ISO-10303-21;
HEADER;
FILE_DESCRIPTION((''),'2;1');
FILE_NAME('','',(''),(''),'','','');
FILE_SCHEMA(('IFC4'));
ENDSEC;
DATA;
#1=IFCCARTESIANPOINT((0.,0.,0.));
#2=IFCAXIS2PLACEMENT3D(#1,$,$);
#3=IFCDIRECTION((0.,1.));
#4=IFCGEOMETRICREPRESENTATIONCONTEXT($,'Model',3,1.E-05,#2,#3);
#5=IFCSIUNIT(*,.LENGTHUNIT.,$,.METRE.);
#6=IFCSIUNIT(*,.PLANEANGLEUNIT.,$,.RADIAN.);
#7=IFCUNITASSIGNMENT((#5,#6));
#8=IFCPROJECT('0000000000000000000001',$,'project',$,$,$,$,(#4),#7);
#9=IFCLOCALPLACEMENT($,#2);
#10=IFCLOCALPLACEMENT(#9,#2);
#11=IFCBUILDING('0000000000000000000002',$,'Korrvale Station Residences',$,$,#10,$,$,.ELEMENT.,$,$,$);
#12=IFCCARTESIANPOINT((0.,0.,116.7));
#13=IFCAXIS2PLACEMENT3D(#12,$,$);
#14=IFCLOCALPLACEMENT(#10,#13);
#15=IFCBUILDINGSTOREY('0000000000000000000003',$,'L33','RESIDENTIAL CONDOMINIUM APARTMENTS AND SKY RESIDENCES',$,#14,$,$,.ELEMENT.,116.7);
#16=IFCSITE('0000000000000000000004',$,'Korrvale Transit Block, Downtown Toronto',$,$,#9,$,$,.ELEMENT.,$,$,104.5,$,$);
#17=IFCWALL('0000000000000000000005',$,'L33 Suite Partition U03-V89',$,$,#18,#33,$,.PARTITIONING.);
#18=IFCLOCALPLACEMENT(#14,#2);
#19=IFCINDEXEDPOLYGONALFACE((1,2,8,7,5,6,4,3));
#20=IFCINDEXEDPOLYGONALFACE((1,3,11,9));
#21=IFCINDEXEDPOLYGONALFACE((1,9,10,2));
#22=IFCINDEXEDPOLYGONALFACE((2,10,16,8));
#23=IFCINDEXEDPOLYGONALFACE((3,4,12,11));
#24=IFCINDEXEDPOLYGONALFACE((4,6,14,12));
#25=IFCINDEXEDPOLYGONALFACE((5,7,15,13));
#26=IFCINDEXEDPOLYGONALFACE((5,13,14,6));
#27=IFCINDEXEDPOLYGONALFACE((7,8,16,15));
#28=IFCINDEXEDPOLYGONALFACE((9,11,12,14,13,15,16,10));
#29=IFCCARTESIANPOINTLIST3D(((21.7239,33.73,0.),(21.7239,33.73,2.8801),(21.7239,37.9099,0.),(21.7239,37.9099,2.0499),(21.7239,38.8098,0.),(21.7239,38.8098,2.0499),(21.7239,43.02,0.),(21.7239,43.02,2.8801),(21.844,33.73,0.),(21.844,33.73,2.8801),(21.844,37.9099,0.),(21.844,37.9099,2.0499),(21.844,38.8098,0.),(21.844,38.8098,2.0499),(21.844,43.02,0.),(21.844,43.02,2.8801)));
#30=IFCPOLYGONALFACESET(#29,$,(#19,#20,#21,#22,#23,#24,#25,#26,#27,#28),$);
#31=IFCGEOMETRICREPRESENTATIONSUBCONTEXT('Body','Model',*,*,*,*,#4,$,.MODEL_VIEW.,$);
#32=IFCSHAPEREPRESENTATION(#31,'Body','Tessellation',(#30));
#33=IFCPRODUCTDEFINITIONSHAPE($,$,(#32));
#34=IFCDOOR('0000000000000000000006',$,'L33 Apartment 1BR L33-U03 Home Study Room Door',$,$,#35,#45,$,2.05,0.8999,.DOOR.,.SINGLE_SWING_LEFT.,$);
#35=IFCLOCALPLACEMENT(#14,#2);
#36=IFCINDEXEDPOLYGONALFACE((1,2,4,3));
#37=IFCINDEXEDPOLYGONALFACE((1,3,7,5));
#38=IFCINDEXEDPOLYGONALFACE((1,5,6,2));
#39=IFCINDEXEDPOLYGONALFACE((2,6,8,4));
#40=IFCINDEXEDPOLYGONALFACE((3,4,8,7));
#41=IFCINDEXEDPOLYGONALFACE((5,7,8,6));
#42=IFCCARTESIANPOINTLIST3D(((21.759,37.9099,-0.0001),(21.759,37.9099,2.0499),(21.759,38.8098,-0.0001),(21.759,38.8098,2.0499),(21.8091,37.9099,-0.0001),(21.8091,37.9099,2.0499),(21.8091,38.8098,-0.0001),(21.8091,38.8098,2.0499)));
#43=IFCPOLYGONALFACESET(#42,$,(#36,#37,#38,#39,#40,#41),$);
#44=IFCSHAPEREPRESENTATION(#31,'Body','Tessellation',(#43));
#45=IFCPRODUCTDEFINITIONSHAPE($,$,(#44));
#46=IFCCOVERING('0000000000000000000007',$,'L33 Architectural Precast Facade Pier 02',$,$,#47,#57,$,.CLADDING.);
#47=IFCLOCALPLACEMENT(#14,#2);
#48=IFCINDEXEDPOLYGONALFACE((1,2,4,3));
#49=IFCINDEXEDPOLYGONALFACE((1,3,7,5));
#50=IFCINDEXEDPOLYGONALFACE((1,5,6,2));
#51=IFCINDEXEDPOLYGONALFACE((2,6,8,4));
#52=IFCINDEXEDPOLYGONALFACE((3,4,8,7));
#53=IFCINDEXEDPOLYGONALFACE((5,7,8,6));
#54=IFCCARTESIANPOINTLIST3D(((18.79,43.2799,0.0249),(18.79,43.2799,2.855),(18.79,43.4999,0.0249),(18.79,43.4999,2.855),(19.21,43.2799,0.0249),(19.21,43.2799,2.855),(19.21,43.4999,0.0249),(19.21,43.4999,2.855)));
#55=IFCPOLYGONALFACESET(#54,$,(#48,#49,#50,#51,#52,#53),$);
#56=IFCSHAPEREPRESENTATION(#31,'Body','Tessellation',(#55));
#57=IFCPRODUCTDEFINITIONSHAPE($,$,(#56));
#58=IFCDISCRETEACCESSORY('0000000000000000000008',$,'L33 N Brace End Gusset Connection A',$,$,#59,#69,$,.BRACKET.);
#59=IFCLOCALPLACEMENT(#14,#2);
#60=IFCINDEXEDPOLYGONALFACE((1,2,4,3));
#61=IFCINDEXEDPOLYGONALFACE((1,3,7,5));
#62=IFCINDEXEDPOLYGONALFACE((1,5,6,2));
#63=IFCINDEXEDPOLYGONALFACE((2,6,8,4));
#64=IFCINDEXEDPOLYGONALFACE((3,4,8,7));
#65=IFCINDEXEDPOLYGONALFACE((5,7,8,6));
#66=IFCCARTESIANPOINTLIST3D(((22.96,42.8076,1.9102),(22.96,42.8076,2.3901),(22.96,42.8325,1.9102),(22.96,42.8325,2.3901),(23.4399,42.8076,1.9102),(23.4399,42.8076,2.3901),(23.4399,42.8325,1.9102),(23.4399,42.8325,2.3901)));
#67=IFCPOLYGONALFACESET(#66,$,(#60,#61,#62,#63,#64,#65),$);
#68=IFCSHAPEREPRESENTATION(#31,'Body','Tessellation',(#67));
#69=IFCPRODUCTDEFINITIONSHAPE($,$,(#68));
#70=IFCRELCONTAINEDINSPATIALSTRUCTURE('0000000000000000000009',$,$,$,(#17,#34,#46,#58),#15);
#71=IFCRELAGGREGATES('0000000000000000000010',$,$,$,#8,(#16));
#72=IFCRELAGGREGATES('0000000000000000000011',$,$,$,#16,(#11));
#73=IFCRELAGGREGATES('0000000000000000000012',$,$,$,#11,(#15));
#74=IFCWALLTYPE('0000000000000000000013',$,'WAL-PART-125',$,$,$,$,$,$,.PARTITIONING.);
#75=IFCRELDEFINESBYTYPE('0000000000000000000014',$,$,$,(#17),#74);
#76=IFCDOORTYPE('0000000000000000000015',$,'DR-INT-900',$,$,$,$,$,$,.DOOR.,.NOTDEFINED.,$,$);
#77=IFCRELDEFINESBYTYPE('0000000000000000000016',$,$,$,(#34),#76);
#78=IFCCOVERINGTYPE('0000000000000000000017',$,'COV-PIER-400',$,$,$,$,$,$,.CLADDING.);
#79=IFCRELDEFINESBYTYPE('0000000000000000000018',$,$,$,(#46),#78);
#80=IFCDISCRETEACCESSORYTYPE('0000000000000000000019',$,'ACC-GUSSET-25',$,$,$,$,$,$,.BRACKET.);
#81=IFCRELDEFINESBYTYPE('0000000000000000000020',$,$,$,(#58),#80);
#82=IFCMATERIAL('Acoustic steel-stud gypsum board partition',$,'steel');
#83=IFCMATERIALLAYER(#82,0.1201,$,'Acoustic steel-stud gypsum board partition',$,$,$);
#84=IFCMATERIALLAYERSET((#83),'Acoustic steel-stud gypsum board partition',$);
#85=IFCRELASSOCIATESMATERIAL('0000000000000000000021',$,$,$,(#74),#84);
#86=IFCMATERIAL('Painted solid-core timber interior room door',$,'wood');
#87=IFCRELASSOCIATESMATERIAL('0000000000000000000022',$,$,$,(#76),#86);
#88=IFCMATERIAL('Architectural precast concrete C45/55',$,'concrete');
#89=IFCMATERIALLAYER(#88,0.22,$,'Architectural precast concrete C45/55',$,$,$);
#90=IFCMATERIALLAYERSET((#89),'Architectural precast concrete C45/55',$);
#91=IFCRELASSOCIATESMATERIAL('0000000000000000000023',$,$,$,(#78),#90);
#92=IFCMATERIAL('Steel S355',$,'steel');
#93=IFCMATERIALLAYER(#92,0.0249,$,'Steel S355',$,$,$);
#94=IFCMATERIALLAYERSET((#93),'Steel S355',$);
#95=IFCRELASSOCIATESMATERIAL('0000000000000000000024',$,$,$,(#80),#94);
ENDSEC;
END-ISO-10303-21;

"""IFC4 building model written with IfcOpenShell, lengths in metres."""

from ifc_helpers import new_model, si_unit, direction, frame, frame_2d, origin, origin_2d, place, context, subcontext, project, spatial, rectangle, extrude, material, layer, layer_set, type_object, element, fill, save


model = new_model("IFC4")

# Units and contexts
model_context = context("Model", 3, precision=1e-05, world=origin(), true_north=direction((0.0, 1.0)))
body_context = subcontext(model_context, "Body", "Model", "MODEL_VIEW")
ifc_project = project(units=[si_unit("LENGTHUNIT", "METRE"), si_unit("PLANEANGLEUNIT", "RADIAN")], contexts=[model_context])

# Site, building, storey
site_placement = place(None, origin())
site = spatial("IfcSite", under=ifc_project, at=site_placement, Name="Korrvale Transit Block, Downtown Toronto", CompositionType="ELEMENT", RefElevation=104.5)
building_placement = place(site_placement, origin())
building = spatial("IfcBuilding", under=site, at=building_placement, Name="Korrvale Station Residences", CompositionType="ELEMENT")
storey_placement = place(building_placement, frame((0.0, 0.0, 116.7)))
storey = spatial("IfcBuildingStorey", under=building, at=storey_placement, Name="L33", Description="RESIDENTIAL CONDOMINIUM APARTMENTS AND SKY RESIDENCES", CompositionType="ELEMENT", Elevation=116.7)

# Shared definitions
ifc_material_1 = material(Name="Steel S355", Category="steel")

# Wall, opening, door
ifc_material_2 = material(Name="Acoustic steel-stud gypsum board partition", Category="steel")
ifc_layer_1 = layer(ifc_material_2, 0.1201, Name="Acoustic steel-stud gypsum board partition")
ifc_layer_set_1 = layer_set([ifc_layer_1], Name="Acoustic steel-stud gypsum board partition")
wall_type = type_object("IfcWallType", Name="WAL-PART-125", PredefinedType="PARTITIONING", material=ifc_layer_set_1)
ifc_material_3 = material(Name="Painted solid-core timber interior room door", Category="wood")
door_type = type_object("IfcDoorType", Name="DR-INT-900", OperationType="NOTDEFINED", PredefinedType="DOOR", material=ifc_material_3)
wall_1_placement = place(storey_placement, frame((21.7839, 33.73, 0.0), z_axis=(0.0, 0.0, 1.0), x_axis=(0.0, 1.0, 0.0)))
wall_1 = element("IfcWall", 1, at=wall_1_placement, inside=storey, type_object=wall_type, Name="L33 Suite Partition U03-V89", PredefinedType="PARTITIONING", context=body_context, shape_type="SweptSolid", body=[
    extrude(rectangle(XDim=9.29, YDim=0.1201, at=frame_2d((4.645, 0.0))), origin(), (0.0, 0.0, 1.0), 2.8801),
])
opening_1_placement = place(wall_1_placement, frame((4.1799, 0.0, 0.0)))
opening_1 = element("IfcOpeningElement", 2, at=opening_1_placement, cuts=wall_1, PredefinedType="OPENING", context=body_context, shape_type="SweptSolid", body=[
    extrude(rectangle(XDim=0.8999, YDim=2.05, at=frame_2d((0.45, 1.0249))), frame((0.0, 0.0701, 0.0), z_axis=(0.0, -1.0, 0.0), x_axis=(1.0, 0.0, 0.0)), (0.0, 0.0, 1.0), 0.1401),
])
door_1_placement = place(opening_1_placement, origin())
door_1 = element("IfcDoor", 3, at=door_1_placement, inside=storey, type_object=door_type, Name="L33 Apartment 1BR L33-U03 Home Study Room Door", OperationType="SINGLE_SWING_LEFT", OverallHeight=2.05, OverallWidth=0.8999, PredefinedType="DOOR", context=body_context, shape_type="SweptSolid", body=[
    extrude(rectangle(XDim=0.8999, YDim=2.05, at=frame_2d((0.45, 1.0249))), frame((0.0, 0.0249, 0.0), z_axis=(0.0, -1.0, 0.0), x_axis=(1.0, 0.0, 0.0)), (0.0, 0.0, 1.0), 0.05),
])
fill(opening_1, door_1)

# Covering
ifc_material_4 = material(Name="Architectural precast concrete C45/55", Category="concrete")
ifc_layer_2 = layer(ifc_material_4, 0.22, Name="Architectural precast concrete C45/55")
ifc_layer_set_2 = layer_set([ifc_layer_2], Name="Architectural precast concrete C45/55")
covering_type = type_object("IfcCoveringType", Name="COV-PIER-400", PredefinedType="CLADDING", material=ifc_layer_set_2)
covering_placement = place(storey_placement, frame((19.0, 43.3899, 0.0249), z_axis=(0.0, 0.0, 1.0), x_axis=(1.0, 0.0, 0.0)))
element("IfcCovering", 4, at=covering_placement, inside=storey, type_object=covering_type, Name="L33 Architectural Precast Facade Pier 02", PredefinedType="CLADDING", context=body_context, shape_type="SweptSolid", body=[
    extrude(rectangle(XDim=0.4199, YDim=0.22, at=origin_2d()), origin(), (0.0, 0.0, 1.0), 2.8301),
])

# Discrete accessory
ifc_layer_3 = layer(ifc_material_1, 0.0249, Name="Steel S355")
ifc_layer_set_3 = layer_set([ifc_layer_3], Name="Steel S355")
discrete_accessory_type = type_object("IfcDiscreteAccessoryType", Name="ACC-GUSSET-25", PredefinedType="BRACKET", material=ifc_layer_set_3)
discrete_accessory_placement = place(storey_placement, frame((23.2, 42.8201, 1.9102), z_axis=(0.0, 0.0, 1.0), x_axis=(1.0, 0.0, 0.0)))
element("IfcDiscreteAccessory", 5, at=discrete_accessory_placement, inside=storey, type_object=discrete_accessory_type, Name="L33 N Brace End Gusset Connection A", PredefinedType="BRACKET", context=body_context, shape_type="SweptSolid", body=[
    extrude(rectangle(XDim=0.48, YDim=0.0249, at=origin_2d()), origin(), (0.0, 0.0, 1.0), 0.48),
])

save(model, "model.ifc")
